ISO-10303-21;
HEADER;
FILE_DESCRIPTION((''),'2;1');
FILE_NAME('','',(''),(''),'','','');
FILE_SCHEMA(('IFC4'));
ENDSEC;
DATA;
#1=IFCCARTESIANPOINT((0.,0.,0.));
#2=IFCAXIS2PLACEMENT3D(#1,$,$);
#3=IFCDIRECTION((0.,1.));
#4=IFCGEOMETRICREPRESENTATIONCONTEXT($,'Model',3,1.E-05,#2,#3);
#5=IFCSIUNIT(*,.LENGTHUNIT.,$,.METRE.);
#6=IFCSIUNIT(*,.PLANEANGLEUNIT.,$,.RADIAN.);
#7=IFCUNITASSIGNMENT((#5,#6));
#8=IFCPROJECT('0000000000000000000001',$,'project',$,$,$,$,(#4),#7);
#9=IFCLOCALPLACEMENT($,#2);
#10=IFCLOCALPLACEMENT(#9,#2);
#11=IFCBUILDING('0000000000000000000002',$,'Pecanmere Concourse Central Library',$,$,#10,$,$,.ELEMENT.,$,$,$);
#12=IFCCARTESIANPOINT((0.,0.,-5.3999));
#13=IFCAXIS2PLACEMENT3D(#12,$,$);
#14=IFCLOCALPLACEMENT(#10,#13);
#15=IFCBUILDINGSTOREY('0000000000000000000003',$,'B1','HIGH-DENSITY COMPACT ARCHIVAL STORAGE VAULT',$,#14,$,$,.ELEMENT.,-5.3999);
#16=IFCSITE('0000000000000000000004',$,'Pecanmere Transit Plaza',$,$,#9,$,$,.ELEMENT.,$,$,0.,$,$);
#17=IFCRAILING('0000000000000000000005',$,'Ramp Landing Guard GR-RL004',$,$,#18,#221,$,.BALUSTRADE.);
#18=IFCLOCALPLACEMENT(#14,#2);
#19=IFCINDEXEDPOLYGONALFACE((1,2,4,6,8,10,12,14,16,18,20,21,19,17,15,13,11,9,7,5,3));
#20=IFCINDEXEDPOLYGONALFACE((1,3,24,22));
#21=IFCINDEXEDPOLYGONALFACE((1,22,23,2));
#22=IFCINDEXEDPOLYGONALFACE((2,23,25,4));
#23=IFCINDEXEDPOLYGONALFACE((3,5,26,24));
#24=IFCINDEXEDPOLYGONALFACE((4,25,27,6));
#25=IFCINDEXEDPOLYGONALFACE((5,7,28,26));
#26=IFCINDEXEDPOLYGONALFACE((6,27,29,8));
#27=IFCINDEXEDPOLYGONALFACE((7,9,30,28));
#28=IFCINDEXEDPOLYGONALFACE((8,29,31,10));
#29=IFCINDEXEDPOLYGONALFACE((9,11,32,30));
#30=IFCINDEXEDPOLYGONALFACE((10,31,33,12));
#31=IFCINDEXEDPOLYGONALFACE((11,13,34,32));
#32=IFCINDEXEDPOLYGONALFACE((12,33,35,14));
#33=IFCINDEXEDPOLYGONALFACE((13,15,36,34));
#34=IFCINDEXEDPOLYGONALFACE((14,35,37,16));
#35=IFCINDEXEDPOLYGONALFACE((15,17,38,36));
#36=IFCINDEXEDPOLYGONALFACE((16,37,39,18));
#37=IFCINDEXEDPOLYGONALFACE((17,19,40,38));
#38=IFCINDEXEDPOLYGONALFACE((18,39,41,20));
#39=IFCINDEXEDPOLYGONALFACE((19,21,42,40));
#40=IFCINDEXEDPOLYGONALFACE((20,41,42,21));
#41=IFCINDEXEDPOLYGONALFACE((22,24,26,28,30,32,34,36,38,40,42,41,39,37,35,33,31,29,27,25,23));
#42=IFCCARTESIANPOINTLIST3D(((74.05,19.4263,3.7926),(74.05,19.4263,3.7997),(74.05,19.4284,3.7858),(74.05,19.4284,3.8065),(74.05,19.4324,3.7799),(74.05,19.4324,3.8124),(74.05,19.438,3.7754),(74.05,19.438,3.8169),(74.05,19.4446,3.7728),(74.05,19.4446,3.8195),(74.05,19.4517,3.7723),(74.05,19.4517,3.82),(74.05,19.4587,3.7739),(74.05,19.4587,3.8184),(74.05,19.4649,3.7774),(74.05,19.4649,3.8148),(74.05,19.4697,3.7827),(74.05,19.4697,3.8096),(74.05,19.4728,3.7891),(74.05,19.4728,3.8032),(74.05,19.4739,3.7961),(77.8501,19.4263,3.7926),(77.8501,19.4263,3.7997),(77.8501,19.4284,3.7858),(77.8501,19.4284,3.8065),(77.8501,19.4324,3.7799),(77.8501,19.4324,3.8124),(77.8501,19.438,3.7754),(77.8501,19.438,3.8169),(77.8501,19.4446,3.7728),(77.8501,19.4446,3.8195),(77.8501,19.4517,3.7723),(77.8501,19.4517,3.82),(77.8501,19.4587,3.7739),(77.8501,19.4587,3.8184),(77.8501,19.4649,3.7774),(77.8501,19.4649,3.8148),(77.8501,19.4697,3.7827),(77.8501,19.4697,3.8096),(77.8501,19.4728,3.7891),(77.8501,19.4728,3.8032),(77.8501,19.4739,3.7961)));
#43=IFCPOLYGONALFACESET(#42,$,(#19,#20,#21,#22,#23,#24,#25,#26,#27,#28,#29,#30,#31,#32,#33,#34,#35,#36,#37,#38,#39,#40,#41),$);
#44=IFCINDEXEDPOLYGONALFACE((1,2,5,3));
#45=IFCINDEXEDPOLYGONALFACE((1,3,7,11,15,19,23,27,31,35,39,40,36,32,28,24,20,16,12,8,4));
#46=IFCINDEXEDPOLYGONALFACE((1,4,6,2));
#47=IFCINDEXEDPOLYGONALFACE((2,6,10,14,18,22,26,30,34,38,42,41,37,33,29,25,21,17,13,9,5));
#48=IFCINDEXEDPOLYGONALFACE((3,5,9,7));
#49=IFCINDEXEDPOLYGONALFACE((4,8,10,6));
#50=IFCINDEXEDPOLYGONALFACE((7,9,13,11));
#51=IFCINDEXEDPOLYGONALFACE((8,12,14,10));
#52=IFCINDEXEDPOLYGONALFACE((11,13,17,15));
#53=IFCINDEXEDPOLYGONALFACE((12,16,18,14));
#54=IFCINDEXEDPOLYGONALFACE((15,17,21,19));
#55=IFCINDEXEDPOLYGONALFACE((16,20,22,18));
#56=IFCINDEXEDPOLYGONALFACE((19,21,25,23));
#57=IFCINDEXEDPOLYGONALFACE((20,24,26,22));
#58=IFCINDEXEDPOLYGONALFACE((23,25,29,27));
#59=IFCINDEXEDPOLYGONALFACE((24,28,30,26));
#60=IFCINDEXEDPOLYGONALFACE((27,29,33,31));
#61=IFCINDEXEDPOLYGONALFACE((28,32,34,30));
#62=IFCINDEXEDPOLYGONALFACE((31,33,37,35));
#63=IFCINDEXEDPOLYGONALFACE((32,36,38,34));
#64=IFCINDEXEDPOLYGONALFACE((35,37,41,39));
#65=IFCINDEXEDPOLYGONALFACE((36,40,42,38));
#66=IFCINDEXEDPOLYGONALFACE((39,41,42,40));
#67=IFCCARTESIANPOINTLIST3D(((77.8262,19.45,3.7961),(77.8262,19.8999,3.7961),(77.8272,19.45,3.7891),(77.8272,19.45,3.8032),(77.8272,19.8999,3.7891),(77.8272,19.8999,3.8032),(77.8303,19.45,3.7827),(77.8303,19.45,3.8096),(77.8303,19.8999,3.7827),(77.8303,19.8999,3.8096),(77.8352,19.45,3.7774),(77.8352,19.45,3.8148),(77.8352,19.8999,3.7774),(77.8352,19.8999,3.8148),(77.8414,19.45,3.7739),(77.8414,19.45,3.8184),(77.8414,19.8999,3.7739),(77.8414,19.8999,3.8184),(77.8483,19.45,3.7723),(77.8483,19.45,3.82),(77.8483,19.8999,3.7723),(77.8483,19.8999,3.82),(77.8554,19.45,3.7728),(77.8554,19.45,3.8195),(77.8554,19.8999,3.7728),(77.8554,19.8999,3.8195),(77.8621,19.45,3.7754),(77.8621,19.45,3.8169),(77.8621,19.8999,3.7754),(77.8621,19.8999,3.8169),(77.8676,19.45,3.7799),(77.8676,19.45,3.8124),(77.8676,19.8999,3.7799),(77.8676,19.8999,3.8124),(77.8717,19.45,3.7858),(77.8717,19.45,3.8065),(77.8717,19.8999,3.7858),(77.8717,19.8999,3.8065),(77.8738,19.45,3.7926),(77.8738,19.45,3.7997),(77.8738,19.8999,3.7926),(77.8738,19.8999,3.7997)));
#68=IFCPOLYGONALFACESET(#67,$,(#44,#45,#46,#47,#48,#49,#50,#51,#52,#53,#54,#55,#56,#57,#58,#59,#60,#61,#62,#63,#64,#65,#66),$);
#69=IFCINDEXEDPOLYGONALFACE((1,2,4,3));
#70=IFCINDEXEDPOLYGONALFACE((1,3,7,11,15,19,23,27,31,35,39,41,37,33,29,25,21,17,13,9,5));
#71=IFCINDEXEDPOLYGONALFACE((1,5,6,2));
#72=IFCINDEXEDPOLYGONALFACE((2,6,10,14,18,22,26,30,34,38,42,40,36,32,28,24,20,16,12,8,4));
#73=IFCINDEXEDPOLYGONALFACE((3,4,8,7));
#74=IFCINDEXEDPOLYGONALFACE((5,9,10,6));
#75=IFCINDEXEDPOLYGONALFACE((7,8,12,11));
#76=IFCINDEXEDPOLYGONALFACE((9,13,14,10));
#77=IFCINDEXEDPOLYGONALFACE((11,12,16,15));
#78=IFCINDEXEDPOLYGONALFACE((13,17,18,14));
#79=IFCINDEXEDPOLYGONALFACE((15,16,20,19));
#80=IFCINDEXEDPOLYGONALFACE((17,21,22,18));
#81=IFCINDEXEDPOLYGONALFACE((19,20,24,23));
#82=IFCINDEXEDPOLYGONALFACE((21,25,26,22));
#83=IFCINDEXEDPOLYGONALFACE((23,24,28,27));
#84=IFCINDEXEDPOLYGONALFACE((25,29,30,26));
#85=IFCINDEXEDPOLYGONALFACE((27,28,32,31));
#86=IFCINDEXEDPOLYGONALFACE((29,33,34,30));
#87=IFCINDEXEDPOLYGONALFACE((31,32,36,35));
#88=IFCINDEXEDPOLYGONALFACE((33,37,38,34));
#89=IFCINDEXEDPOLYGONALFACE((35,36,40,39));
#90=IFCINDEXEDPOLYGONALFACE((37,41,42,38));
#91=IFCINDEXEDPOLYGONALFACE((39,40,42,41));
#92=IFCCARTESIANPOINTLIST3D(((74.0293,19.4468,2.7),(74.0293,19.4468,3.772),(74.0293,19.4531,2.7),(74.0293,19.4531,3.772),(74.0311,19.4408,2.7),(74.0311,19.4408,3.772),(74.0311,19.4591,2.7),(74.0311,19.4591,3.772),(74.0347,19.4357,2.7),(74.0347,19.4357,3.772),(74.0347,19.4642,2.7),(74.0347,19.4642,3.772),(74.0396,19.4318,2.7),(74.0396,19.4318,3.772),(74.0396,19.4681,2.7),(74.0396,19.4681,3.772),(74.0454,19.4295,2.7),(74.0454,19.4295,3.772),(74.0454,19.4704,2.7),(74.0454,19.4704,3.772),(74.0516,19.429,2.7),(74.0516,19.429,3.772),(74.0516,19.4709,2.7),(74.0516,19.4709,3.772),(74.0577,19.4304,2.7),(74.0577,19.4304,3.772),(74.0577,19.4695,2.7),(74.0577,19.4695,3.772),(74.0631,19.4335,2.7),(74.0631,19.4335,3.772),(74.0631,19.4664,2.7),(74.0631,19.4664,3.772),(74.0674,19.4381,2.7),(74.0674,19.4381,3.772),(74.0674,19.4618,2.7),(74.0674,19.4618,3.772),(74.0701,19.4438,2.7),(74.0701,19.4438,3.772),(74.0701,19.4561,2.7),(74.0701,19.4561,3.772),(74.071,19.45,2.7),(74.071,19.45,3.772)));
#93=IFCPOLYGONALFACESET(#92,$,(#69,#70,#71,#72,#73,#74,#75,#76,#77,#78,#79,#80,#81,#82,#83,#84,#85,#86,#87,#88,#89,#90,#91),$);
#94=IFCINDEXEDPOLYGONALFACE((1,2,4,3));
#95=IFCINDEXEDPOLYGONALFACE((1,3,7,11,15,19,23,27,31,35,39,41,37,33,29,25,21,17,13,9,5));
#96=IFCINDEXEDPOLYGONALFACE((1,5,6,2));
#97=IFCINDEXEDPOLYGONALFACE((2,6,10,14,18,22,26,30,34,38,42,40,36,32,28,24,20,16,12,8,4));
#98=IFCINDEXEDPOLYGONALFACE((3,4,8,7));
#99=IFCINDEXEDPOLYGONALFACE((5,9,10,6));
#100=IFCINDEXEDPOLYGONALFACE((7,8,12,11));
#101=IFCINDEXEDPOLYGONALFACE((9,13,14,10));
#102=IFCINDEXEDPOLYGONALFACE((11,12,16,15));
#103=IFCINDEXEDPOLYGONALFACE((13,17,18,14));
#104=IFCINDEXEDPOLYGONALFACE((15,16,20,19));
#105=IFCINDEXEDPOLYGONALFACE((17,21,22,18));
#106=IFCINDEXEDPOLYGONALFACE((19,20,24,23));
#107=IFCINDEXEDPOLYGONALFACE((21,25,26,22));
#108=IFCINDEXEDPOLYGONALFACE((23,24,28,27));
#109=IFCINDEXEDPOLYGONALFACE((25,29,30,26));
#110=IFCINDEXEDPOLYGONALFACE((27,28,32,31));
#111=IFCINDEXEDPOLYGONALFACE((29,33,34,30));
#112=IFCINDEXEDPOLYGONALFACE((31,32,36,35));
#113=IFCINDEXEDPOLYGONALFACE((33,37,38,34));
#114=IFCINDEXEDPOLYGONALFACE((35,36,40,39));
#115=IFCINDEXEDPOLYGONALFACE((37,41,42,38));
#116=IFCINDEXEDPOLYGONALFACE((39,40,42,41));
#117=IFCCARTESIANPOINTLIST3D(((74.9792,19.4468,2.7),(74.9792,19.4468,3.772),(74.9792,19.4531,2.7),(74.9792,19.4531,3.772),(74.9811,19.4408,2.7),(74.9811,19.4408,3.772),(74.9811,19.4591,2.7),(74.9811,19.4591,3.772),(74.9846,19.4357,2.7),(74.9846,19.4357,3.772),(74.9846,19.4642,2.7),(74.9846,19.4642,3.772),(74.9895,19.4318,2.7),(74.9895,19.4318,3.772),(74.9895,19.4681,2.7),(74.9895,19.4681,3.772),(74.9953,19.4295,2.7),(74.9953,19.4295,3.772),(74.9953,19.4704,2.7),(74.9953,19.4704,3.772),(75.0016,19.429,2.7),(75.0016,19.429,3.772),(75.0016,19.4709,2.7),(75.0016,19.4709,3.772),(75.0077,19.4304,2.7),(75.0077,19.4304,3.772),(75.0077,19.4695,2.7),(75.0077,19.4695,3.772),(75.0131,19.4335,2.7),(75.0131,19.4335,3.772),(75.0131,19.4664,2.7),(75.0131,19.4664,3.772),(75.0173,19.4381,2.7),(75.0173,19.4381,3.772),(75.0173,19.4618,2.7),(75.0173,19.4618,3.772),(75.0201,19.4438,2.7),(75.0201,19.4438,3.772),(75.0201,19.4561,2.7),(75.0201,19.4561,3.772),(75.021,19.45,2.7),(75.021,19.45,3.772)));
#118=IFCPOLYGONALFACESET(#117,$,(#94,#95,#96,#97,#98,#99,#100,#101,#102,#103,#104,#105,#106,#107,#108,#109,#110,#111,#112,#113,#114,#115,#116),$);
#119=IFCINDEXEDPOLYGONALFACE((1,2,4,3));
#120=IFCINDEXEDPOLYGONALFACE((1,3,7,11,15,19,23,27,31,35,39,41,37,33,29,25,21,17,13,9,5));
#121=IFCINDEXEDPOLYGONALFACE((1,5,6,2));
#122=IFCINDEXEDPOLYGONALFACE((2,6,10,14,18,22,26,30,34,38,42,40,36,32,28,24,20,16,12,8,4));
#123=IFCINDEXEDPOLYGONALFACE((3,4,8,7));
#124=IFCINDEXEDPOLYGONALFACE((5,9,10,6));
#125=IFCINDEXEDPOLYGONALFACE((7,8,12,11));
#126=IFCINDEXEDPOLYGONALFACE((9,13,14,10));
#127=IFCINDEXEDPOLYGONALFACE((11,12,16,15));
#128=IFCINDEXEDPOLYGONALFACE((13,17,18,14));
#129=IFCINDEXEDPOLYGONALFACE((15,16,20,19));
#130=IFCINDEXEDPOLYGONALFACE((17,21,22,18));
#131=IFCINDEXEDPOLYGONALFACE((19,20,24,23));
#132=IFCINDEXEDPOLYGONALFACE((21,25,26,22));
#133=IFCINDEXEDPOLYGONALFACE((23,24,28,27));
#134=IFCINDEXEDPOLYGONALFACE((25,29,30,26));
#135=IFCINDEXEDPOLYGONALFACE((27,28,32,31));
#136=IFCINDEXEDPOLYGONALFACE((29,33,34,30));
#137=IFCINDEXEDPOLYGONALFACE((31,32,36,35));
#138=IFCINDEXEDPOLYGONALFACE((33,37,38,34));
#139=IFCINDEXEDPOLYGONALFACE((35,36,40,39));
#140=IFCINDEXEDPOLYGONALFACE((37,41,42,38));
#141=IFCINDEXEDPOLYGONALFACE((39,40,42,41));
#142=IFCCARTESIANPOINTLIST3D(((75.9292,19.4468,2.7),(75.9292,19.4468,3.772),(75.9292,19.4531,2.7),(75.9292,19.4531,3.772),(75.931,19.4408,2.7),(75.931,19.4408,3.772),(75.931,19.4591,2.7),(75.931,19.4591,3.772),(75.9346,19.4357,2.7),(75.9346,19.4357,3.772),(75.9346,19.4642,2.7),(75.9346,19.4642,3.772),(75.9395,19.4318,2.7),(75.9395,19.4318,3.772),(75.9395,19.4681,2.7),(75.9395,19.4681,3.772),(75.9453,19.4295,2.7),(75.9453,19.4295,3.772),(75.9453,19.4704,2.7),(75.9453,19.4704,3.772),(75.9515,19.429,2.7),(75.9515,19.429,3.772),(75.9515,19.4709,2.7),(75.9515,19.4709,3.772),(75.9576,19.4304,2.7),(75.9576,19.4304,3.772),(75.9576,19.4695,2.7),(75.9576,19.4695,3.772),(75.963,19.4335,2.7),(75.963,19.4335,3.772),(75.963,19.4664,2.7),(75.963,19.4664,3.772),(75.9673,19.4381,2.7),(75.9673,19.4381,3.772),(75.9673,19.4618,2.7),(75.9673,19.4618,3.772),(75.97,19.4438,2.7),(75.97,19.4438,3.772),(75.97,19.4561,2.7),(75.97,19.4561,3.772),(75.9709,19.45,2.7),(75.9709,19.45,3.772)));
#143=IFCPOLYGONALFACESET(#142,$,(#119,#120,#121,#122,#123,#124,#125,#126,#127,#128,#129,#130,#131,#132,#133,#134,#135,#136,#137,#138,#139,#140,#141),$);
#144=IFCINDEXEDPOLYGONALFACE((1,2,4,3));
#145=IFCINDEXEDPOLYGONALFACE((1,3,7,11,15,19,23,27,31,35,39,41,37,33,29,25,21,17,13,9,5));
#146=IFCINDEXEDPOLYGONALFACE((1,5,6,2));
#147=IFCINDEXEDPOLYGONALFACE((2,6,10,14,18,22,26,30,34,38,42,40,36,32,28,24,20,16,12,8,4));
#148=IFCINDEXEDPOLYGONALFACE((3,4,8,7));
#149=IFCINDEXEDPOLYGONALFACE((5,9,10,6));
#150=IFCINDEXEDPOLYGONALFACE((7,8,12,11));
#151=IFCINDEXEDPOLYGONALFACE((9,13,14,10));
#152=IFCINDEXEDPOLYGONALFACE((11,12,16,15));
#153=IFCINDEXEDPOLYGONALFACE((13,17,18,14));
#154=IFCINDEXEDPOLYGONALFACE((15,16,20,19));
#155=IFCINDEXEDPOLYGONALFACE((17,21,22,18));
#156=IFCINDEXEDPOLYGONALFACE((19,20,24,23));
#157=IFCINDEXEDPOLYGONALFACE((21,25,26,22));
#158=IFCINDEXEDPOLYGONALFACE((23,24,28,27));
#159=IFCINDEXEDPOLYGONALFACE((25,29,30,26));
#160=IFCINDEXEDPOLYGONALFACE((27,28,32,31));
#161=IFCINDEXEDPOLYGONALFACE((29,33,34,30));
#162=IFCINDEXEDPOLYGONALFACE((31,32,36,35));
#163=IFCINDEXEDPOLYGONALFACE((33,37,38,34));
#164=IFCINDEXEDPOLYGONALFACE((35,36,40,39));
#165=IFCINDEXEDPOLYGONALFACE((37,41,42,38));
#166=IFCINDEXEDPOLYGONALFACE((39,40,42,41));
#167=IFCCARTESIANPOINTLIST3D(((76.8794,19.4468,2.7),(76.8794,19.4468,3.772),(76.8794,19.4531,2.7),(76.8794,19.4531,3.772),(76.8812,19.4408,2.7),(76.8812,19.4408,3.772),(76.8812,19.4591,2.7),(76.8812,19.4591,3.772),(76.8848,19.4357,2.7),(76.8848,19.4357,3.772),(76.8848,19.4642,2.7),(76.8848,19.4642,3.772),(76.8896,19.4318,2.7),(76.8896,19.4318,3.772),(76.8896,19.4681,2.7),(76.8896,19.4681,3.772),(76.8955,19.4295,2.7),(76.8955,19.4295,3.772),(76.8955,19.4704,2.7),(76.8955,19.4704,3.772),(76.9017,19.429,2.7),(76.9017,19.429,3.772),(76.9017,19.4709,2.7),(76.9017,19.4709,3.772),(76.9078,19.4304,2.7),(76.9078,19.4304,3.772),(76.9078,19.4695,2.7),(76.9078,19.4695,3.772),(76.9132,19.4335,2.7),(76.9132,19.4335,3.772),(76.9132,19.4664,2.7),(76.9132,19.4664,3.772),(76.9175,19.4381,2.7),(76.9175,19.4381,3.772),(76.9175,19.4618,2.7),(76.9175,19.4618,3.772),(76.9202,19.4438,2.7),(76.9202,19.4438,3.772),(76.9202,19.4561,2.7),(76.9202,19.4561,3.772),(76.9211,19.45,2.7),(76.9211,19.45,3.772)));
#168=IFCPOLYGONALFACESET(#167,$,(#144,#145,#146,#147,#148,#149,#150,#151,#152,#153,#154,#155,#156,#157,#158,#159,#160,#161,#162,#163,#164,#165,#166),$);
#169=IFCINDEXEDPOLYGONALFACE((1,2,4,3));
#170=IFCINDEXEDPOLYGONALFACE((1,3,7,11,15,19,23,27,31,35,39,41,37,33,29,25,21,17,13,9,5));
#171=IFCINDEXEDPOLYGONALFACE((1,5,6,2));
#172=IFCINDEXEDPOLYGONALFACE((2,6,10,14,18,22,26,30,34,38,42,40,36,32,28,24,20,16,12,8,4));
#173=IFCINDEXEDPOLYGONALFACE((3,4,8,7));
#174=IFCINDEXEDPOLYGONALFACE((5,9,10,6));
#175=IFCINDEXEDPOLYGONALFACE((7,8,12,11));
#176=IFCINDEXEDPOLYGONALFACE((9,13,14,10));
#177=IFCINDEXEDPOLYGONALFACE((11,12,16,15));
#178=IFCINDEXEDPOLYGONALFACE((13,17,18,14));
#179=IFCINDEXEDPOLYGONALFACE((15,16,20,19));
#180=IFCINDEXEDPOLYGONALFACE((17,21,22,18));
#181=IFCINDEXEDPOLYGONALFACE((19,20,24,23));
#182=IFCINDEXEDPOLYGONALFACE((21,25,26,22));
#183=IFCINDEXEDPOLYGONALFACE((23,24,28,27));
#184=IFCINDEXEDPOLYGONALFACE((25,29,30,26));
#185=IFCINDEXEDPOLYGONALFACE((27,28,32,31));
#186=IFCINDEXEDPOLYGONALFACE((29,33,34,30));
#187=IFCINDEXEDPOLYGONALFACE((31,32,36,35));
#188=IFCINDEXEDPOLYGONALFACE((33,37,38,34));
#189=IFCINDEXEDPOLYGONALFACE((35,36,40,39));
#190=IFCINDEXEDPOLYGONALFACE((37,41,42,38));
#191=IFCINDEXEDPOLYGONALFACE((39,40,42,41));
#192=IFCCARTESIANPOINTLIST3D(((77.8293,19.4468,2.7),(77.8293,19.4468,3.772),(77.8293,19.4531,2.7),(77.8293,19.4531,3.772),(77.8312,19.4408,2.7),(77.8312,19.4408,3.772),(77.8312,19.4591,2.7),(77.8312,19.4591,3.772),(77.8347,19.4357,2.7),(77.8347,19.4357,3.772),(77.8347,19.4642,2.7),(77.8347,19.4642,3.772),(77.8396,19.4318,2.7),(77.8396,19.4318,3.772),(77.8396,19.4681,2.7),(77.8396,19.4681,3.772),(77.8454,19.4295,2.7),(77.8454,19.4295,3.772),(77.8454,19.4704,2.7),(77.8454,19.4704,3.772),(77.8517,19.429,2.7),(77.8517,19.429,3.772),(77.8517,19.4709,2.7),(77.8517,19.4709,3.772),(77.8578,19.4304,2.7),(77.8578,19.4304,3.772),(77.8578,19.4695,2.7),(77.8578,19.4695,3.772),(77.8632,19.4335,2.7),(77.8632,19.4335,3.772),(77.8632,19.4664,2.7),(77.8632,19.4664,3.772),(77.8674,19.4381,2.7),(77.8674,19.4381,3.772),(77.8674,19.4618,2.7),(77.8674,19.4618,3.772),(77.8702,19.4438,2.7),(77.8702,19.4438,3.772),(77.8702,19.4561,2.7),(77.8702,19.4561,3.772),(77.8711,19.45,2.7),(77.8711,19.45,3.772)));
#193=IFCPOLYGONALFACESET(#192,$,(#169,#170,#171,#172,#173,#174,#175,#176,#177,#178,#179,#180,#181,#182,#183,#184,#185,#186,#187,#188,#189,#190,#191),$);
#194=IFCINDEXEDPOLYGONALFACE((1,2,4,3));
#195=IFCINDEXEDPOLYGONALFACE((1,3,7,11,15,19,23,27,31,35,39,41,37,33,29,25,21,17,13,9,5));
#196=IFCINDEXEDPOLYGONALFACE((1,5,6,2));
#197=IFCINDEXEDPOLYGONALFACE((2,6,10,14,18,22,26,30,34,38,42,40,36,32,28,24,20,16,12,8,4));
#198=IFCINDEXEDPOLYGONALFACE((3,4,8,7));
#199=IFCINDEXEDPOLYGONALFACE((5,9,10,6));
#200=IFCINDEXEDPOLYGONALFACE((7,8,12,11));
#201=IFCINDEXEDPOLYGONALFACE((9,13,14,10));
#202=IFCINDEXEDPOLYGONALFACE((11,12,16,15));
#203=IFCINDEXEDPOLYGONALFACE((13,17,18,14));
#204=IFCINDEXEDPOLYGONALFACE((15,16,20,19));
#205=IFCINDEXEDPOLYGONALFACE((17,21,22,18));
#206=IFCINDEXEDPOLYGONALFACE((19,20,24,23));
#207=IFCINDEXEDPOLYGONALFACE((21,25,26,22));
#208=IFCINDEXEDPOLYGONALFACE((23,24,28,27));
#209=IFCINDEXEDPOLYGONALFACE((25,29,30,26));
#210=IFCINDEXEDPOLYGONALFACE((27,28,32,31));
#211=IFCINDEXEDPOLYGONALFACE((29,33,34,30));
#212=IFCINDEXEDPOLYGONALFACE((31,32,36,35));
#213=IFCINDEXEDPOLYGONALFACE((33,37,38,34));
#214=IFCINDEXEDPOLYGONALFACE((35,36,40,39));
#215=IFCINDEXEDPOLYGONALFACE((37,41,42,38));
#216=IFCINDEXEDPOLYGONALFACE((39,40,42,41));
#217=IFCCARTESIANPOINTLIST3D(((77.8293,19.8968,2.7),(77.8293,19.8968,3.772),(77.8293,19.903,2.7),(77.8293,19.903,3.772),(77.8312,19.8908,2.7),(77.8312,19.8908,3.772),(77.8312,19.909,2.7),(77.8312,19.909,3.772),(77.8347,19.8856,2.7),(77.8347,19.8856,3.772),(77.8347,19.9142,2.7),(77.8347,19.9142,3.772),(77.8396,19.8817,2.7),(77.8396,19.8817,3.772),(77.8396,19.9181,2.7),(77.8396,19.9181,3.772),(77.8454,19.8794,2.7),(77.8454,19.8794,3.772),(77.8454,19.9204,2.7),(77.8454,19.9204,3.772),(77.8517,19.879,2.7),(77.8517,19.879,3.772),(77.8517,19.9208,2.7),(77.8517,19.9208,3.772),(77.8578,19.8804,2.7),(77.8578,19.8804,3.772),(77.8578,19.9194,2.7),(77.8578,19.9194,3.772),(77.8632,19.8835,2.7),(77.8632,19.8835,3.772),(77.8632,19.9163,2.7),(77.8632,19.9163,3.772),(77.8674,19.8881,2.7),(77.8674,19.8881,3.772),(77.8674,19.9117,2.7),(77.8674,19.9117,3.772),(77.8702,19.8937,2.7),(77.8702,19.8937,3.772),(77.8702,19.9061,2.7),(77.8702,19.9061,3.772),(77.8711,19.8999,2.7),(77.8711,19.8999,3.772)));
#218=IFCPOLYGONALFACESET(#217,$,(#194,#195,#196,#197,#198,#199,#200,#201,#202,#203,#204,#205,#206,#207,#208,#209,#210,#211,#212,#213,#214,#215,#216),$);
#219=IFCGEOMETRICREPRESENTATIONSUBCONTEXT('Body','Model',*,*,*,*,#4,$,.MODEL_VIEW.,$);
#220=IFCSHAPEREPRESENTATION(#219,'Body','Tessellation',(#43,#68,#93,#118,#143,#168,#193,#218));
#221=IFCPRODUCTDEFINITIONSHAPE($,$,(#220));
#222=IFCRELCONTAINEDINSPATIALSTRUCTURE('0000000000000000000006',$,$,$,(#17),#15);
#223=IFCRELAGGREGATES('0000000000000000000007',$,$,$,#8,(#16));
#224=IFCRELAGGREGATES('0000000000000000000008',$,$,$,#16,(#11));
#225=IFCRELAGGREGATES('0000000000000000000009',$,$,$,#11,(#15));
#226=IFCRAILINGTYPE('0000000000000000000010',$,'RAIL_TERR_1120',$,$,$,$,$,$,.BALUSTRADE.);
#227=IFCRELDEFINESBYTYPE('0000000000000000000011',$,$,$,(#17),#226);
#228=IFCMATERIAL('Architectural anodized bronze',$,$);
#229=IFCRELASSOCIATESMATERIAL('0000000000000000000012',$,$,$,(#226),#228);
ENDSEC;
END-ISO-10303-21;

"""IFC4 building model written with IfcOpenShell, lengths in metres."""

from ifc_helpers import new_model, si_unit, direction, frame, origin, origin_2d, place, context, subcontext, project, spatial, circle, extrude, material, type_object, element, save


model = new_model("IFC4")

# Units and contexts
model_context = context("Model", 3, precision=1e-05, world=origin(), true_north=direction((0.0, 1.0)))
body_context = subcontext(model_context, "Body", "Model", "MODEL_VIEW")
ifc_project = project(units=[si_unit("LENGTHUNIT", "METRE"), si_unit("PLANEANGLEUNIT", "RADIAN")], contexts=[model_context])

# Site, building, storey
site_placement = place(None, origin())
site = spatial("IfcSite", under=ifc_project, at=site_placement, Name="Pecanmere Transit Plaza", CompositionType="ELEMENT", RefElevation=0.0)
building_placement = place(site_placement, origin())
building = spatial("IfcBuilding", under=site, at=building_placement, Name="Pecanmere Concourse Central Library", CompositionType="ELEMENT")
storey_placement = place(building_placement, frame((0.0, 0.0, -5.3999)))
storey = spatial("IfcBuildingStorey", under=building, at=storey_placement, Name="B1", Description="HIGH-DENSITY COMPACT ARCHIVAL STORAGE VAULT", CompositionType="ELEMENT", Elevation=-5.3999)

# Railing
ifc_material_1 = material(Name="Architectural anodized bronze")
railing_type_1 = type_object("IfcRailingType", Name="RAIL_TERR_1120", PredefinedType="BALUSTRADE", material=ifc_material_1)
railing_1_placement = place(storey_placement, frame((74.05, 19.45, 2.7)))
element("IfcRailing", 1, at=railing_1_placement, inside=storey, type_object=railing_type_1, Name="Ramp Landing Guard GR-RL004", PredefinedType="BALUSTRADE", context=body_context, shape_type="SweptSolid", body=[
    extrude(circle(Radius=0.0239, at=origin_2d()), frame((0.0, 0.0, 1.0962), z_axis=(1.0, 0.0, 0.0), x_axis=(0.0, 1.0, 0.0)), (0.0, 0.0, 1.0), 3.8),
    extrude(circle(Radius=0.0239, at=origin_2d()), frame((3.8, 0.0, 1.0962), z_axis=(0.0, 1.0, 0.0), x_axis=(-1.0, 0.0, 0.0)), (0.0, 0.0, 1.0), 0.45),
    extrude(circle(Radius=0.021, at=origin_2d()), origin(), (0.0, 0.0, 1.0), 1.072),
    extrude(circle(Radius=0.021, at=origin_2d()), frame((0.95, 0.0, 0.0)), (0.0, 0.0, 1.0), 1.072),
    extrude(circle(Radius=0.021, at=origin_2d()), frame((1.8999, 0.0, 0.0)), (0.0, 0.0, 1.0), 1.072),
    extrude(circle(Radius=0.021, at=origin_2d()), frame((2.8501, 0.0, 0.0)), (0.0, 0.0, 1.0), 1.072),
    extrude(circle(Radius=0.021, at=origin_2d()), frame((3.8, 0.0, 0.0)), (0.0, 0.0, 1.0), 1.072),
    extrude(circle(Radius=0.021, at=origin_2d()), frame((3.8, 0.45, 0.0)), (0.0, 0.0, 1.0), 1.072),
])

save(model, "model.ifc")
